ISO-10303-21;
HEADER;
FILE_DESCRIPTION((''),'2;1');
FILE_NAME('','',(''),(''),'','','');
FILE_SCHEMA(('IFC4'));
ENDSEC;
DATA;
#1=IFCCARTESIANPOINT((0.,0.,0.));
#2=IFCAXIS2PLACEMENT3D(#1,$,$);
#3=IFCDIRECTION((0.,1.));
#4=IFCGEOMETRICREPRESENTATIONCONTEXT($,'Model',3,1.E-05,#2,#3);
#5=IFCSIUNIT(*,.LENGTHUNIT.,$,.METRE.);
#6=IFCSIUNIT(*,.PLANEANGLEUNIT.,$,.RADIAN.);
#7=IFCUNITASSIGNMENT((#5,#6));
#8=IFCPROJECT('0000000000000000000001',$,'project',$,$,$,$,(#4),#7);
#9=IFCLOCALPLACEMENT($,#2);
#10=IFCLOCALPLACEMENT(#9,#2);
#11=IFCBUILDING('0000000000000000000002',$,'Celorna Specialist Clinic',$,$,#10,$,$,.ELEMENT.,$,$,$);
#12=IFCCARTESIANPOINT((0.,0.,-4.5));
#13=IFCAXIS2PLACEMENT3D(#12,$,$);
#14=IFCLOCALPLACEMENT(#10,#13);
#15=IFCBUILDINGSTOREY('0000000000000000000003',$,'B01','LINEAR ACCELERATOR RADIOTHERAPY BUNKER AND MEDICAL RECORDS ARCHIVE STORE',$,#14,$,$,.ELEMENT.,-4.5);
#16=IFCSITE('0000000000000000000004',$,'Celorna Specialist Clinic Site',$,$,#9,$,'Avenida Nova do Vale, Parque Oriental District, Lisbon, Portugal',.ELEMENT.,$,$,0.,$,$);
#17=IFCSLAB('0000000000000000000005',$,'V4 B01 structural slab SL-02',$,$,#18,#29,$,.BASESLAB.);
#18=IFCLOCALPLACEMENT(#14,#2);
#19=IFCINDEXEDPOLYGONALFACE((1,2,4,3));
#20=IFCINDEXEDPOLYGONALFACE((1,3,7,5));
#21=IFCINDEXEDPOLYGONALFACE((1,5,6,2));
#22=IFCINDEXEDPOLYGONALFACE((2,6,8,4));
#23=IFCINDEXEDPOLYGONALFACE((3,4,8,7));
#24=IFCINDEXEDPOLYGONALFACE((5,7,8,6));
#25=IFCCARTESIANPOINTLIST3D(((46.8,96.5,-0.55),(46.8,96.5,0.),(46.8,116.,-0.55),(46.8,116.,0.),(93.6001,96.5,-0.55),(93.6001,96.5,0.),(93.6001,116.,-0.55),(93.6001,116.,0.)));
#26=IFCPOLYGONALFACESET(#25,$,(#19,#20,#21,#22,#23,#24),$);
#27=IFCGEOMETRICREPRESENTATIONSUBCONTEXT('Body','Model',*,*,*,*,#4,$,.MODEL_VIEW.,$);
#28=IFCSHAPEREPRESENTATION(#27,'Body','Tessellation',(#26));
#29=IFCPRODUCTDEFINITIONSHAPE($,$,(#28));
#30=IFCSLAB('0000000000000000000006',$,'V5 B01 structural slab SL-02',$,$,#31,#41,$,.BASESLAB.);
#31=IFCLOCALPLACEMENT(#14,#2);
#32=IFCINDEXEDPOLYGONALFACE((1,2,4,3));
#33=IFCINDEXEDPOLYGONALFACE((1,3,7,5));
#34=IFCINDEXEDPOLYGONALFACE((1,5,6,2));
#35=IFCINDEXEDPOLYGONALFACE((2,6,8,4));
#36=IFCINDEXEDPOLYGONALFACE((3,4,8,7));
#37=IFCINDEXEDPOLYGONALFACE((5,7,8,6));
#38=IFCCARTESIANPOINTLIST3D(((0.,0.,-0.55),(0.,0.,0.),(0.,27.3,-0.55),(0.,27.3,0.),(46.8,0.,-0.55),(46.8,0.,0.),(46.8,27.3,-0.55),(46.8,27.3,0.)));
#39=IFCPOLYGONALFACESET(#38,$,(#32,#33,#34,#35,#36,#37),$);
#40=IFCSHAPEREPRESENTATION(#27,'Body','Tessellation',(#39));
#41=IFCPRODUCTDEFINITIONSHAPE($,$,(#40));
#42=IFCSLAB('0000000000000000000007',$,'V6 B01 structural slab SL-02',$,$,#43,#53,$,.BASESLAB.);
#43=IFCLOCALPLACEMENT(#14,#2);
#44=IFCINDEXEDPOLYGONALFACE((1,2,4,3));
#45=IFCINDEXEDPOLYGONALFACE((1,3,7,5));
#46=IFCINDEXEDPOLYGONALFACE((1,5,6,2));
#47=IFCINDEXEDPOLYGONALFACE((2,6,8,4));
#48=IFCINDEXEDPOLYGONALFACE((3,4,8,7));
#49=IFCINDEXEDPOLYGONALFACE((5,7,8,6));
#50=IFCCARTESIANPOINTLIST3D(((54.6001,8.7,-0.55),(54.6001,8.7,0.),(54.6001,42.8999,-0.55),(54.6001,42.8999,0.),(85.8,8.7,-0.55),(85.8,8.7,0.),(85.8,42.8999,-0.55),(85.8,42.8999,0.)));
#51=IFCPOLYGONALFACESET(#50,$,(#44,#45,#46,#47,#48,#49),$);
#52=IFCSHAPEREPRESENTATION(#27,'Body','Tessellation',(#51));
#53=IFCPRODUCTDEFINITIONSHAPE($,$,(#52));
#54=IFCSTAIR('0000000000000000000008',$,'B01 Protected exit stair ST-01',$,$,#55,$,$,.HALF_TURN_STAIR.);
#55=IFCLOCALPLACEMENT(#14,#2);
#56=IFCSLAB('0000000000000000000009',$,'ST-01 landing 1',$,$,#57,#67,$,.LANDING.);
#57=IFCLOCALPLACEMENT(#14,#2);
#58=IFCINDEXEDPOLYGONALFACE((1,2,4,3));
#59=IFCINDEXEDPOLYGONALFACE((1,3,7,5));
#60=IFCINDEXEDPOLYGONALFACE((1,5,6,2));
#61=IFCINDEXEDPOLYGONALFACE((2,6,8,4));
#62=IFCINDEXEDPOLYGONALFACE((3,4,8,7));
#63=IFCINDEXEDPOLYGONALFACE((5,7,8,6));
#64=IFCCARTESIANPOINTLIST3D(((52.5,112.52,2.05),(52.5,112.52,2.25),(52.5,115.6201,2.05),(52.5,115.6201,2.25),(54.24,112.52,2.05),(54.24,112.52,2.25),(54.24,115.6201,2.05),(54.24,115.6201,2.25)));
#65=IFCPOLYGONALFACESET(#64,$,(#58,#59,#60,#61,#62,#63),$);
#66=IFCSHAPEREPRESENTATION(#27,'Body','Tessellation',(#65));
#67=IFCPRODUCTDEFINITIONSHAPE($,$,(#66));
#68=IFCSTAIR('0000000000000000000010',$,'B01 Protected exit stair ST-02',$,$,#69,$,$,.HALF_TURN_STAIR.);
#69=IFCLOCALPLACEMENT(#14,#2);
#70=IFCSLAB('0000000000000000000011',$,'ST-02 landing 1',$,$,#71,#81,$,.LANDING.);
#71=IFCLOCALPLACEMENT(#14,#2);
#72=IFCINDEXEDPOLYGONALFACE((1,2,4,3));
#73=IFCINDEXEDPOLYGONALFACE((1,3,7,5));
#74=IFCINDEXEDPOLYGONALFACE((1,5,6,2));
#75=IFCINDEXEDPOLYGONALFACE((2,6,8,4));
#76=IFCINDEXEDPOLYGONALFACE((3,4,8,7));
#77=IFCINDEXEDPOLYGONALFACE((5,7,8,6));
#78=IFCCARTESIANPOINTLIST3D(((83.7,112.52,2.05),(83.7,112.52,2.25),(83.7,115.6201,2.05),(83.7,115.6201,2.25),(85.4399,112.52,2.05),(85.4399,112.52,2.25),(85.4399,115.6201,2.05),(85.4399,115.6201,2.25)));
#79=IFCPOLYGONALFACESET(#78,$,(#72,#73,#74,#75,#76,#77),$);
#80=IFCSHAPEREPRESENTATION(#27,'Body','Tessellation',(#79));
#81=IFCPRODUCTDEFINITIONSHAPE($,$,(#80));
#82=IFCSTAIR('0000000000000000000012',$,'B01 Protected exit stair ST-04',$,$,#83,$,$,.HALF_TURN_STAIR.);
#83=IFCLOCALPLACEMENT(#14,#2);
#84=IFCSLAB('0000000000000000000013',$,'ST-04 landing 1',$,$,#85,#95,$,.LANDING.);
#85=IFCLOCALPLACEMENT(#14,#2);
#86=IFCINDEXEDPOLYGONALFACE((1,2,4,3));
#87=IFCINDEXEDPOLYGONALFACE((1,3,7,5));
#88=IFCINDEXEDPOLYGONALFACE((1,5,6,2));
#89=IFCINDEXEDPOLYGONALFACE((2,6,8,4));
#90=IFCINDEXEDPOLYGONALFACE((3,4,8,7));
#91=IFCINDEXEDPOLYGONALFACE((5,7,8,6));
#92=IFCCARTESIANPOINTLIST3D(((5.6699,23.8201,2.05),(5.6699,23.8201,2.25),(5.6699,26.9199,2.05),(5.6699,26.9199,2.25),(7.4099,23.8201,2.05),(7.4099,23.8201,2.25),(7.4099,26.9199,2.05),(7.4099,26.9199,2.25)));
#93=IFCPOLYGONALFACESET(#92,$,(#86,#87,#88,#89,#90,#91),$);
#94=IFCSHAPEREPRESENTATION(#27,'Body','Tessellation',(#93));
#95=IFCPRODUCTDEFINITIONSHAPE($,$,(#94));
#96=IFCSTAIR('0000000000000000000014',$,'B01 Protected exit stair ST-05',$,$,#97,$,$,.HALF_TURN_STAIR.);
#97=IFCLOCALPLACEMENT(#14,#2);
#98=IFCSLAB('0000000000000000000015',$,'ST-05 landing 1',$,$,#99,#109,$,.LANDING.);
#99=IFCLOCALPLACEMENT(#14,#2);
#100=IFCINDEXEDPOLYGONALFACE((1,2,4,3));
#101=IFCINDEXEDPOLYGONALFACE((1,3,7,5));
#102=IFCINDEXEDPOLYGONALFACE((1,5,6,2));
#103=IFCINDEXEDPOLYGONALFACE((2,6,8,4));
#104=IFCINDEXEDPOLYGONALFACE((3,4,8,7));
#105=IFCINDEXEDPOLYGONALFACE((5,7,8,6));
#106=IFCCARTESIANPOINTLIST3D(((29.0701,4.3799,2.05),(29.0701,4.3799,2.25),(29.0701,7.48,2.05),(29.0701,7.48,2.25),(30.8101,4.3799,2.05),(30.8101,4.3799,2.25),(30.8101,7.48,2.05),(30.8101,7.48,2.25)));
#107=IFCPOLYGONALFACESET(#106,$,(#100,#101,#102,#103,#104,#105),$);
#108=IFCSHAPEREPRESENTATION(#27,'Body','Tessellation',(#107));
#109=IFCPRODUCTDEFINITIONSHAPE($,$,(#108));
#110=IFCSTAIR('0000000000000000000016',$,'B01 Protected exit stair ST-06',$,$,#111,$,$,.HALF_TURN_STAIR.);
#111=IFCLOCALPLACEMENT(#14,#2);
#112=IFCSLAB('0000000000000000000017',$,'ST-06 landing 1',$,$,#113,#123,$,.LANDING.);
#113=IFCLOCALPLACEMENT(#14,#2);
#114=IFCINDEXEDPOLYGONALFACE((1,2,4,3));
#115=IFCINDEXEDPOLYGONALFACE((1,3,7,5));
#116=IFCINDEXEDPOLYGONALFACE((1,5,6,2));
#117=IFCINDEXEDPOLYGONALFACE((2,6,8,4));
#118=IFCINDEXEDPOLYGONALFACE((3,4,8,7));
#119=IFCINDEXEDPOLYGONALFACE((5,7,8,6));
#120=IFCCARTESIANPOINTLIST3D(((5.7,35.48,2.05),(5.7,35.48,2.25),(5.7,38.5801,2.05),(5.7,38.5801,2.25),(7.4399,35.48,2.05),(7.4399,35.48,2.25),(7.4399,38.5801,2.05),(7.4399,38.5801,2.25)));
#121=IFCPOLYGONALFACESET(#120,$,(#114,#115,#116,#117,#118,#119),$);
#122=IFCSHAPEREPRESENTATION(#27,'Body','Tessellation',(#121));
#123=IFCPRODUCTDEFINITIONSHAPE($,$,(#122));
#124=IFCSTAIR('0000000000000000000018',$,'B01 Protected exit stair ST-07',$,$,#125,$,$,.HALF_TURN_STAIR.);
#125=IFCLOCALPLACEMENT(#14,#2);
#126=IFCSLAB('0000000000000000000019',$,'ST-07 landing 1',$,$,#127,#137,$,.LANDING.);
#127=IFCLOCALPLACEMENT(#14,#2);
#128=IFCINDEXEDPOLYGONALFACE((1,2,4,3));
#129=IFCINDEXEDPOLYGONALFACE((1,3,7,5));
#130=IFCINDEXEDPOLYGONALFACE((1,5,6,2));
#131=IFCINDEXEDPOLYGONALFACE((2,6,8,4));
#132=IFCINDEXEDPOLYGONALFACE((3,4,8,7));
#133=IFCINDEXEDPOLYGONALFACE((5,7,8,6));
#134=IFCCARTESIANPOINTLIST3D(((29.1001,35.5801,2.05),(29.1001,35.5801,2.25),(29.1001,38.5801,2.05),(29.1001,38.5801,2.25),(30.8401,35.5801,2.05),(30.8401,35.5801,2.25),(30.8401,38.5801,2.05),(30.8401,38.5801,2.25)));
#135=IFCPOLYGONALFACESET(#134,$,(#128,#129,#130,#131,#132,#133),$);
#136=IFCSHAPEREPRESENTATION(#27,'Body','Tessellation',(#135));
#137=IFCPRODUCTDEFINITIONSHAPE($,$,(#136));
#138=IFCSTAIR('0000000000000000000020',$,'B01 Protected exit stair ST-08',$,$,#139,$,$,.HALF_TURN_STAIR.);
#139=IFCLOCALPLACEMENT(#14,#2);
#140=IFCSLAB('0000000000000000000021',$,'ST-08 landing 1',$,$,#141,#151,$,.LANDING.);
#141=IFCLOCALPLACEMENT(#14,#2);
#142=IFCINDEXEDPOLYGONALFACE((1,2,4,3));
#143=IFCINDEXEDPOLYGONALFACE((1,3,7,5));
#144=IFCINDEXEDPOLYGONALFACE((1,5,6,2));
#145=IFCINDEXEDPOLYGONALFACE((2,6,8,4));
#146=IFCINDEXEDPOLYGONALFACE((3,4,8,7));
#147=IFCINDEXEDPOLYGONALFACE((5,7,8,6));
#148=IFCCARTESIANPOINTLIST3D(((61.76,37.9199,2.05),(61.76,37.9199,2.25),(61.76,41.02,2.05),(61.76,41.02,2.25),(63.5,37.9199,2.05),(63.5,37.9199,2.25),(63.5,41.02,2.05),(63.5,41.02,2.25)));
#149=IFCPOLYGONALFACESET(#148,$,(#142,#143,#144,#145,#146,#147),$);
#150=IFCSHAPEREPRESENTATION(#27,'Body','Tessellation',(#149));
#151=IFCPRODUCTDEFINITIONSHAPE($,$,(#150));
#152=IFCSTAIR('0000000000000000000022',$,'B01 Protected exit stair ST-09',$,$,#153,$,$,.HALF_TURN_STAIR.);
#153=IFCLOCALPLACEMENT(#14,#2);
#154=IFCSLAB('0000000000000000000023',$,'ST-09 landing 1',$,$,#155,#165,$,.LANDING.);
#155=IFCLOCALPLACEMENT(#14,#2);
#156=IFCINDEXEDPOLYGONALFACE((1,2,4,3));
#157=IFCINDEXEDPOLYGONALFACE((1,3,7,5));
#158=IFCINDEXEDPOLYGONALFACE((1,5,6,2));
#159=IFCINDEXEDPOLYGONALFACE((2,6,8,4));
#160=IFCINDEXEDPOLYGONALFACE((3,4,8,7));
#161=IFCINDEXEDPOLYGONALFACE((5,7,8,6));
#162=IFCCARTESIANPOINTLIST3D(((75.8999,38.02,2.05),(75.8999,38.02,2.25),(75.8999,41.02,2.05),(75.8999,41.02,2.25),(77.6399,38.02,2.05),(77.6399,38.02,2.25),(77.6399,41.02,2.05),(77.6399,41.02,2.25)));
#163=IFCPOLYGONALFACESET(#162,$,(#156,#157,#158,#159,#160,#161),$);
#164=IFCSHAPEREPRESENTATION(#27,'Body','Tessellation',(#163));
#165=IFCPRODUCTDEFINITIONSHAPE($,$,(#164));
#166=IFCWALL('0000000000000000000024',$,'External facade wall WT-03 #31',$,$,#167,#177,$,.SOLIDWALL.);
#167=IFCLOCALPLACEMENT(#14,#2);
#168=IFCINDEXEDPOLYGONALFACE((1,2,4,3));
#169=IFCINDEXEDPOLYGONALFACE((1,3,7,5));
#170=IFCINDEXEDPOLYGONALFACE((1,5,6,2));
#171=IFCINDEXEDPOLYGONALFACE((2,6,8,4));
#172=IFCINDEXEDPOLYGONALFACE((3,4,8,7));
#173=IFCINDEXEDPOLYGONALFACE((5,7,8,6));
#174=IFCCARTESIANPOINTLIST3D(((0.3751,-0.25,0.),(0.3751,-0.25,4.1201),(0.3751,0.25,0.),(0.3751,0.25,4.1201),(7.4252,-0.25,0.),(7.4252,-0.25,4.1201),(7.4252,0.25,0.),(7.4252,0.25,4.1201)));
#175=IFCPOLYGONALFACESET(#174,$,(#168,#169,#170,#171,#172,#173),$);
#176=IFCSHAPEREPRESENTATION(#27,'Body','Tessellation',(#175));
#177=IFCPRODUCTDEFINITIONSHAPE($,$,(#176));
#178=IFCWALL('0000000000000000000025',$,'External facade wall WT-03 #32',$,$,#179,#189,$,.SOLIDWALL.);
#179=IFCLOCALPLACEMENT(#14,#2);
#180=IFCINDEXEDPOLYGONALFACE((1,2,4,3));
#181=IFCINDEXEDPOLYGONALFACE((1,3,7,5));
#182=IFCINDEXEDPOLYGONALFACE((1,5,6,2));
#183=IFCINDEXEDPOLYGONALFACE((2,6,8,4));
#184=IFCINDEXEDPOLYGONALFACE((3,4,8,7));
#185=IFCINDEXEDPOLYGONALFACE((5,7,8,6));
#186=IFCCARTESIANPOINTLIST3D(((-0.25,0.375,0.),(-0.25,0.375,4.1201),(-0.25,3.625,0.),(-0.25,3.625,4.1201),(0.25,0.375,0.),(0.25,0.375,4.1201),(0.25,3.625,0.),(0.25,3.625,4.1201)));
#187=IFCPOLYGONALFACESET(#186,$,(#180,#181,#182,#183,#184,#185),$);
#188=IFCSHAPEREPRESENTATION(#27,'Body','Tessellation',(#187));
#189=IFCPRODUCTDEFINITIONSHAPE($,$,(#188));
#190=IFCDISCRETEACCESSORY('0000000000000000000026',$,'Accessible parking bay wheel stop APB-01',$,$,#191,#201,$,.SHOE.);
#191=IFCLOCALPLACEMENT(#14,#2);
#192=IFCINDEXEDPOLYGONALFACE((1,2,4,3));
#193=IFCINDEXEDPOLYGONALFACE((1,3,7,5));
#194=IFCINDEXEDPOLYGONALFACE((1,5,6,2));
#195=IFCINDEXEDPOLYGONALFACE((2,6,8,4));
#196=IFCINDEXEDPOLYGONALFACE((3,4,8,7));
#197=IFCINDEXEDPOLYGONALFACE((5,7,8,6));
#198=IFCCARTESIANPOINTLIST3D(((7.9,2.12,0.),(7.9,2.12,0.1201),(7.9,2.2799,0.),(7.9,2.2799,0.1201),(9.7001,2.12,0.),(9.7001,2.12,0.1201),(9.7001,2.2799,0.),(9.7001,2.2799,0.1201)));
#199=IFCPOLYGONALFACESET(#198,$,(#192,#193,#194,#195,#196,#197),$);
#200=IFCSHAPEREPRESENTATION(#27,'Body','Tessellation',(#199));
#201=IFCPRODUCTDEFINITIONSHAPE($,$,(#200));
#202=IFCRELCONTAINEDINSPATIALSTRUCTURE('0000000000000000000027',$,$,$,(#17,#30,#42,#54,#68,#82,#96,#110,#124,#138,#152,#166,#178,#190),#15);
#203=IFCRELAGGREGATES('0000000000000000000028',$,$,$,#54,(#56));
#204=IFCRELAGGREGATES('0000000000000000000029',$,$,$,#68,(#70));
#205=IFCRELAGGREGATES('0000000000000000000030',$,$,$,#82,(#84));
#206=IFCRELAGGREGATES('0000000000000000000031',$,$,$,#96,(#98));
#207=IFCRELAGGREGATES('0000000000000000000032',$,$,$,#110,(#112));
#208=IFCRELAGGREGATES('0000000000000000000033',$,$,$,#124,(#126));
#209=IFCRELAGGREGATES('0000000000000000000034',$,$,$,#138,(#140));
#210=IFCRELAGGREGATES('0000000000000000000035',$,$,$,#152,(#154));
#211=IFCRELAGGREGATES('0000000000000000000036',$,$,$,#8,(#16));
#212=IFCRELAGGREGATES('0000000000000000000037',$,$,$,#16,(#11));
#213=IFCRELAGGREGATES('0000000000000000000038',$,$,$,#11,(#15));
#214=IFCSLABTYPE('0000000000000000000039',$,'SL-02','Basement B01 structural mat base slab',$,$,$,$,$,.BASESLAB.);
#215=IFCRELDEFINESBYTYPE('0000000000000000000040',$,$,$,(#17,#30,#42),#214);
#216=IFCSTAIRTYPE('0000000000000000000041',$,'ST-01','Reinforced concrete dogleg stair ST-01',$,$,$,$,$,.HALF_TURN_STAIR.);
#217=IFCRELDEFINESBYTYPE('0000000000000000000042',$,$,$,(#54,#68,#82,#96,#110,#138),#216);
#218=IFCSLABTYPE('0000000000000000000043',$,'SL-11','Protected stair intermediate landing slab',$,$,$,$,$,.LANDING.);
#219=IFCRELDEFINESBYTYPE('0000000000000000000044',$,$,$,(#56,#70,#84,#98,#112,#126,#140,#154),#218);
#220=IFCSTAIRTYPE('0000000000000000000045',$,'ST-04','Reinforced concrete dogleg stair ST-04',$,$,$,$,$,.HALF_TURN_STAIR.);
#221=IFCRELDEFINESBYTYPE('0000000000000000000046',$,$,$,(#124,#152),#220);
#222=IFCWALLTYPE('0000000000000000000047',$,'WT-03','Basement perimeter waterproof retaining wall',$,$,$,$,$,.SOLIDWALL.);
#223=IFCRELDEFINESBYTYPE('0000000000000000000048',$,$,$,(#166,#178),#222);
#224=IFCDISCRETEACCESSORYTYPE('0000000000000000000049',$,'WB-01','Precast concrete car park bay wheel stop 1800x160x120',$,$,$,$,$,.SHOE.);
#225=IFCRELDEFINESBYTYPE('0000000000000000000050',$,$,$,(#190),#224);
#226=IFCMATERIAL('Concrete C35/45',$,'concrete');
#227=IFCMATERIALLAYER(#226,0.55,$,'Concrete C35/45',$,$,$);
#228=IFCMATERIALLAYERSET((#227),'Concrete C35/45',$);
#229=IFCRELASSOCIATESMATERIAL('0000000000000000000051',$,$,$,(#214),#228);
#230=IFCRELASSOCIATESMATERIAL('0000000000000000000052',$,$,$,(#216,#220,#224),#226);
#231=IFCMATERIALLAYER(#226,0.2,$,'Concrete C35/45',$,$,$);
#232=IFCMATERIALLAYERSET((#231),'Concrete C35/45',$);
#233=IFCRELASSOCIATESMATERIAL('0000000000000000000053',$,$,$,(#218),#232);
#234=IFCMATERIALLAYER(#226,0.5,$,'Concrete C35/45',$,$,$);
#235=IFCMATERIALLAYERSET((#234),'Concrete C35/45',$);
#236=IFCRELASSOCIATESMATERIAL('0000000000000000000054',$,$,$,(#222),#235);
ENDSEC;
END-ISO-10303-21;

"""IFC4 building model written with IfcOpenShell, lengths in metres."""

from ifc_helpers import new_model, si_unit, direction, frame, frame_2d, origin, origin_2d, place, context, subcontext, project, spatial, polyline, rectangle, outline, extrude, material, layer, layer_set, type_object, element, aggregate, save


model = new_model("IFC4")

# Units and contexts
model_context = context("Model", 3, precision=1e-05, world=origin(), true_north=direction((0.0, 1.0)))
body_context = subcontext(model_context, "Body", "Model", "MODEL_VIEW")
ifc_project = project(units=[si_unit("LENGTHUNIT", "METRE"), si_unit("PLANEANGLEUNIT", "RADIAN")], contexts=[model_context])

# Site, building, storey
site_placement = place(None, origin())
site = spatial("IfcSite", under=ifc_project, at=site_placement, Name="Celorna Specialist Clinic Site", LongName="Avenida Nova do Vale, Parque Oriental District, Lisbon, Portugal", CompositionType="ELEMENT", RefElevation=0.0)
building_placement = place(site_placement, origin())
building = spatial("IfcBuilding", under=site, at=building_placement, Name="Celorna Specialist Clinic", CompositionType="ELEMENT")
storey_placement = place(building_placement, frame((0.0, 0.0, -4.5)))
storey = spatial("IfcBuildingStorey", under=building, at=storey_placement, Name="B01", Description="LINEAR ACCELERATOR RADIOTHERAPY BUNKER AND MEDICAL RECORDS ARCHIVE STORE", CompositionType="ELEMENT", Elevation=-4.5)

# Shared definitions
ifc_material_1 = material(Name="Concrete C35/45", Category="concrete")

# Slabs
ifc_layer_1 = layer(ifc_material_1, 0.55, Name="Concrete C35/45")
ifc_layer_set_1 = layer_set([ifc_layer_1], Name="Concrete C35/45")
slab_type_1 = type_object("IfcSlabType", Name="SL-02", Description="Basement B01 structural mat base slab", PredefinedType="BASESLAB", material=ifc_layer_set_1)
slab_1_placement = place(storey_placement, frame((0.0, 0.0, -0.55)))
element("IfcSlab", 1, at=slab_1_placement, inside=storey, type_object=slab_type_1, Name="V4 B01 structural slab SL-02", PredefinedType="BASESLAB", context=body_context, shape_type="SweptSolid", body=[
    extrude(outline(polyline([(93.6001, 96.5), (93.6001, 116.0), (46.8, 116.0), (46.8, 96.5), (93.6001, 96.5)])), origin(), (0.0, 0.0, 1.0), 0.55),
])
slab_2_placement = place(storey_placement, frame((0.0, 0.0, -0.55)))
element("IfcSlab", 2, at=slab_2_placement, inside=storey, type_object=slab_type_1, Name="V5 B01 structural slab SL-02", PredefinedType="BASESLAB", context=body_context, shape_type="SweptSolid", body=[
    extrude(outline(polyline([(46.8, 0.0), (46.8, 27.3), (0.0, 27.3), (0.0, 0.0), (46.8, 0.0)])), origin(), (0.0, 0.0, 1.0), 0.55),
])
slab_3_placement = place(storey_placement, frame((0.0, 0.0, -0.55)))
element("IfcSlab", 3, at=slab_3_placement, inside=storey, type_object=slab_type_1, Name="V6 B01 structural slab SL-02", PredefinedType="BASESLAB", context=body_context, shape_type="SweptSolid", body=[
    extrude(outline(polyline([(85.8, 8.7), (85.8, 42.8999), (54.6001, 42.8999), (54.6001, 8.7), (85.8, 8.7)])), origin(), (0.0, 0.0, 1.0), 0.55),
])

# Stairs, slabs
stair_type_1 = type_object("IfcStairType", Name="ST-01", Description="Reinforced concrete dogleg stair ST-01", PredefinedType="HALF_TURN_STAIR", material=ifc_material_1)
stair_1_placement = place(storey_placement, origin())
stair_1 = element("IfcStair", 4, at=stair_1_placement, inside=storey, type_object=stair_type_1, Name="B01 Protected exit stair ST-01", PredefinedType="HALF_TURN_STAIR")
ifc_layer_2 = layer(ifc_material_1, 0.2, Name="Concrete C35/45")
ifc_layer_set_2 = layer_set([ifc_layer_2], Name="Concrete C35/45")
slab_type_2 = type_object("IfcSlabType", Name="SL-11", Description="Protected stair intermediate landing slab", PredefinedType="LANDING", material=ifc_layer_set_2)
slab_4_placement = place(storey_placement, frame((0.0, 0.0, 2.05)))
slab_4 = element("IfcSlab", 5, at=slab_4_placement, type_object=slab_type_2, Name="ST-01 landing 1", PredefinedType="LANDING", context=body_context, shape_type="SweptSolid", body=[
    extrude(outline(polyline([(52.5, 112.52), (54.24, 112.52), (54.24, 115.6201), (52.5, 115.6201), (52.5, 112.52)])), origin(), (0.0, 0.0, 1.0), 0.2),
])
aggregate(stair_1, [slab_4])
stair_2_placement = place(storey_placement, origin())
stair_2 = element("IfcStair", 6, at=stair_2_placement, inside=storey, type_object=stair_type_1, Name="B01 Protected exit stair ST-02", PredefinedType="HALF_TURN_STAIR")
slab_5_placement = place(storey_placement, frame((0.0, 0.0, 2.05)))
slab_5 = element("IfcSlab", 7, at=slab_5_placement, type_object=slab_type_2, Name="ST-02 landing 1", PredefinedType="LANDING", context=body_context, shape_type="SweptSolid", body=[
    extrude(outline(polyline([(83.7, 112.52), (85.4399, 112.52), (85.4399, 115.6201), (83.7, 115.6201), (83.7, 112.52)])), origin(), (0.0, 0.0, 1.0), 0.2),
])
aggregate(stair_2, [slab_5])
stair_3_placement = place(storey_placement, origin())
stair_3 = element("IfcStair", 8, at=stair_3_placement, inside=storey, type_object=stair_type_1, Name="B01 Protected exit stair ST-04", PredefinedType="HALF_TURN_STAIR")
slab_6_placement = place(storey_placement, frame((0.0, 0.0, 2.05)))
slab_6 = element("IfcSlab", 9, at=slab_6_placement, type_object=slab_type_2, Name="ST-04 landing 1", PredefinedType="LANDING", context=body_context, shape_type="SweptSolid", body=[
    extrude(outline(polyline([(5.6699, 23.8201), (7.4099, 23.8201), (7.4099, 26.9199), (5.6699, 26.9199), (5.6699, 23.8201)])), origin(), (0.0, 0.0, 1.0), 0.2),
])
aggregate(stair_3, [slab_6])
stair_4_placement = place(storey_placement, origin())
stair_4 = element("IfcStair", 10, at=stair_4_placement, inside=storey, type_object=stair_type_1, Name="B01 Protected exit stair ST-05", PredefinedType="HALF_TURN_STAIR")
slab_7_placement = place(storey_placement, frame((0.0, 0.0, 2.05)))
slab_7 = element("IfcSlab", 11, at=slab_7_placement, type_object=slab_type_2, Name="ST-05 landing 1", PredefinedType="LANDING", context=body_context, shape_type="SweptSolid", body=[
    extrude(outline(polyline([(29.0701, 4.3799), (30.8101, 4.3799), (30.8101, 7.48), (29.0701, 7.48), (29.0701, 4.3799)])), origin(), (0.0, 0.0, 1.0), 0.2),
])
aggregate(stair_4, [slab_7])
stair_5_placement = place(storey_placement, origin())
stair_5 = element("IfcStair", 12, at=stair_5_placement, inside=storey, type_object=stair_type_1, Name="B01 Protected exit stair ST-06", PredefinedType="HALF_TURN_STAIR")
slab_8_placement = place(storey_placement, frame((0.0, 0.0, 2.05)))
slab_8 = element("IfcSlab", 13, at=slab_8_placement, type_object=slab_type_2, Name="ST-06 landing 1", PredefinedType="LANDING", context=body_context, shape_type="SweptSolid", body=[
    extrude(outline(polyline([(5.7, 35.48), (7.4399, 35.48), (7.4399, 38.5801), (5.7, 38.5801), (5.7, 35.48)])), origin(), (0.0, 0.0, 1.0), 0.2),
])
aggregate(stair_5, [slab_8])
stair_type_2 = type_object("IfcStairType", Name="ST-04", Description="Reinforced concrete dogleg stair ST-04", PredefinedType="HALF_TURN_STAIR", material=ifc_material_1)
stair_6_placement = place(storey_placement, origin())
stair_6 = element("IfcStair", 14, at=stair_6_placement, inside=storey, type_object=stair_type_2, Name="B01 Protected exit stair ST-07", PredefinedType="HALF_TURN_STAIR")
slab_9_placement = place(storey_placement, frame((0.0, 0.0, 2.05)))
slab_9 = element("IfcSlab", 15, at=slab_9_placement, type_object=slab_type_2, Name="ST-07 landing 1", PredefinedType="LANDING", context=body_context, shape_type="SweptSolid", body=[
    extrude(outline(polyline([(29.1001, 35.5801), (30.8401, 35.5801), (30.8401, 38.5801), (29.1001, 38.5801), (29.1001, 35.5801)])), origin(), (0.0, 0.0, 1.0), 0.2),
])
aggregate(stair_6, [slab_9])
stair_7_placement = place(storey_placement, origin())
stair_7 = element("IfcStair", 16, at=stair_7_placement, inside=storey, type_object=stair_type_1, Name="B01 Protected exit stair ST-08", PredefinedType="HALF_TURN_STAIR")
slab_10_placement = place(storey_placement, frame((0.0, 0.0, 2.05)))
slab_10 = element("IfcSlab", 17, at=slab_10_placement, type_object=slab_type_2, Name="ST-08 landing 1", PredefinedType="LANDING", context=body_context, shape_type="SweptSolid", body=[
    extrude(outline(polyline([(61.76, 37.9199), (63.5, 37.9199), (63.5, 41.02), (61.76, 41.02), (61.76, 37.9199)])), origin(), (0.0, 0.0, 1.0), 0.2),
])
aggregate(stair_7, [slab_10])
stair_8_placement = place(storey_placement, origin())
stair_8 = element("IfcStair", 18, at=stair_8_placement, inside=storey, type_object=stair_type_2, Name="B01 Protected exit stair ST-09", PredefinedType="HALF_TURN_STAIR")
slab_11_placement = place(storey_placement, frame((0.0, 0.0, 2.05)))
slab_11 = element("IfcSlab", 19, at=slab_11_placement, type_object=slab_type_2, Name="ST-09 landing 1", PredefinedType="LANDING", context=body_context, shape_type="SweptSolid", body=[
    extrude(outline(polyline([(75.8999, 38.02), (77.6399, 38.02), (77.6399, 41.02), (75.8999, 41.02), (75.8999, 38.02)])), origin(), (0.0, 0.0, 1.0), 0.2),
])
aggregate(stair_8, [slab_11])

# Walls
ifc_layer_3 = layer(ifc_material_1, 0.5, Name="Concrete C35/45")
ifc_layer_set_3 = layer_set([ifc_layer_3], Name="Concrete C35/45")
wall_type = type_object("IfcWallType", Name="WT-03", Description="Basement perimeter waterproof retaining wall", PredefinedType="SOLIDWALL", material=ifc_layer_set_3)
wall_1_placement = place(storey_placement, frame((7.425, 0.0, 0.0), z_axis=(0.0, 0.0, 1.0), x_axis=(-1.0, 0.0, 0.0)))
element("IfcWall", 20, at=wall_1_placement, inside=storey, type_object=wall_type, Name="External facade wall WT-03 #31", PredefinedType="SOLIDWALL", context=body_context, shape_type="SweptSolid", body=[
    extrude(rectangle(XDim=7.05, YDim=0.5, at=frame_2d((3.5249, 0.0))), origin(), (0.0, 0.0, 1.0), 4.1201),
])
wall_2_placement = place(storey_placement, frame((0.0, 0.375, 0.0), z_axis=(0.0, 0.0, 1.0), x_axis=(0.0, 1.0, 0.0)))
element("IfcWall", 21, at=wall_2_placement, inside=storey, type_object=wall_type, Name="External facade wall WT-03 #32", PredefinedType="SOLIDWALL", context=body_context, shape_type="SweptSolid", body=[
    extrude(rectangle(XDim=3.25, YDim=0.5, at=frame_2d((1.625, 0.0))), origin(), (0.0, 0.0, 1.0), 4.1201),
])

# Discrete accessory
discrete_accessory_type = type_object("IfcDiscreteAccessoryType", Name="WB-01", Description="Precast concrete car park bay wheel stop 1800x160x120", PredefinedType="SHOE", material=ifc_material_1)
discrete_accessory_placement = place(storey_placement, frame((8.8, 2.2, 0.0), z_axis=(0.0, 0.0, 1.0), x_axis=(1.0, 0.0, 0.0)))
element("IfcDiscreteAccessory", 22, at=discrete_accessory_placement, inside=storey, type_object=discrete_accessory_type, Name="Accessible parking bay wheel stop APB-01", PredefinedType="SHOE", context=body_context, shape_type="SweptSolid", body=[
    extrude(rectangle(XDim=1.8, YDim=0.1599, at=origin_2d()), origin(), (0.0, 0.0, 1.0), 0.1201),
])

save(model, "model.ifc")
